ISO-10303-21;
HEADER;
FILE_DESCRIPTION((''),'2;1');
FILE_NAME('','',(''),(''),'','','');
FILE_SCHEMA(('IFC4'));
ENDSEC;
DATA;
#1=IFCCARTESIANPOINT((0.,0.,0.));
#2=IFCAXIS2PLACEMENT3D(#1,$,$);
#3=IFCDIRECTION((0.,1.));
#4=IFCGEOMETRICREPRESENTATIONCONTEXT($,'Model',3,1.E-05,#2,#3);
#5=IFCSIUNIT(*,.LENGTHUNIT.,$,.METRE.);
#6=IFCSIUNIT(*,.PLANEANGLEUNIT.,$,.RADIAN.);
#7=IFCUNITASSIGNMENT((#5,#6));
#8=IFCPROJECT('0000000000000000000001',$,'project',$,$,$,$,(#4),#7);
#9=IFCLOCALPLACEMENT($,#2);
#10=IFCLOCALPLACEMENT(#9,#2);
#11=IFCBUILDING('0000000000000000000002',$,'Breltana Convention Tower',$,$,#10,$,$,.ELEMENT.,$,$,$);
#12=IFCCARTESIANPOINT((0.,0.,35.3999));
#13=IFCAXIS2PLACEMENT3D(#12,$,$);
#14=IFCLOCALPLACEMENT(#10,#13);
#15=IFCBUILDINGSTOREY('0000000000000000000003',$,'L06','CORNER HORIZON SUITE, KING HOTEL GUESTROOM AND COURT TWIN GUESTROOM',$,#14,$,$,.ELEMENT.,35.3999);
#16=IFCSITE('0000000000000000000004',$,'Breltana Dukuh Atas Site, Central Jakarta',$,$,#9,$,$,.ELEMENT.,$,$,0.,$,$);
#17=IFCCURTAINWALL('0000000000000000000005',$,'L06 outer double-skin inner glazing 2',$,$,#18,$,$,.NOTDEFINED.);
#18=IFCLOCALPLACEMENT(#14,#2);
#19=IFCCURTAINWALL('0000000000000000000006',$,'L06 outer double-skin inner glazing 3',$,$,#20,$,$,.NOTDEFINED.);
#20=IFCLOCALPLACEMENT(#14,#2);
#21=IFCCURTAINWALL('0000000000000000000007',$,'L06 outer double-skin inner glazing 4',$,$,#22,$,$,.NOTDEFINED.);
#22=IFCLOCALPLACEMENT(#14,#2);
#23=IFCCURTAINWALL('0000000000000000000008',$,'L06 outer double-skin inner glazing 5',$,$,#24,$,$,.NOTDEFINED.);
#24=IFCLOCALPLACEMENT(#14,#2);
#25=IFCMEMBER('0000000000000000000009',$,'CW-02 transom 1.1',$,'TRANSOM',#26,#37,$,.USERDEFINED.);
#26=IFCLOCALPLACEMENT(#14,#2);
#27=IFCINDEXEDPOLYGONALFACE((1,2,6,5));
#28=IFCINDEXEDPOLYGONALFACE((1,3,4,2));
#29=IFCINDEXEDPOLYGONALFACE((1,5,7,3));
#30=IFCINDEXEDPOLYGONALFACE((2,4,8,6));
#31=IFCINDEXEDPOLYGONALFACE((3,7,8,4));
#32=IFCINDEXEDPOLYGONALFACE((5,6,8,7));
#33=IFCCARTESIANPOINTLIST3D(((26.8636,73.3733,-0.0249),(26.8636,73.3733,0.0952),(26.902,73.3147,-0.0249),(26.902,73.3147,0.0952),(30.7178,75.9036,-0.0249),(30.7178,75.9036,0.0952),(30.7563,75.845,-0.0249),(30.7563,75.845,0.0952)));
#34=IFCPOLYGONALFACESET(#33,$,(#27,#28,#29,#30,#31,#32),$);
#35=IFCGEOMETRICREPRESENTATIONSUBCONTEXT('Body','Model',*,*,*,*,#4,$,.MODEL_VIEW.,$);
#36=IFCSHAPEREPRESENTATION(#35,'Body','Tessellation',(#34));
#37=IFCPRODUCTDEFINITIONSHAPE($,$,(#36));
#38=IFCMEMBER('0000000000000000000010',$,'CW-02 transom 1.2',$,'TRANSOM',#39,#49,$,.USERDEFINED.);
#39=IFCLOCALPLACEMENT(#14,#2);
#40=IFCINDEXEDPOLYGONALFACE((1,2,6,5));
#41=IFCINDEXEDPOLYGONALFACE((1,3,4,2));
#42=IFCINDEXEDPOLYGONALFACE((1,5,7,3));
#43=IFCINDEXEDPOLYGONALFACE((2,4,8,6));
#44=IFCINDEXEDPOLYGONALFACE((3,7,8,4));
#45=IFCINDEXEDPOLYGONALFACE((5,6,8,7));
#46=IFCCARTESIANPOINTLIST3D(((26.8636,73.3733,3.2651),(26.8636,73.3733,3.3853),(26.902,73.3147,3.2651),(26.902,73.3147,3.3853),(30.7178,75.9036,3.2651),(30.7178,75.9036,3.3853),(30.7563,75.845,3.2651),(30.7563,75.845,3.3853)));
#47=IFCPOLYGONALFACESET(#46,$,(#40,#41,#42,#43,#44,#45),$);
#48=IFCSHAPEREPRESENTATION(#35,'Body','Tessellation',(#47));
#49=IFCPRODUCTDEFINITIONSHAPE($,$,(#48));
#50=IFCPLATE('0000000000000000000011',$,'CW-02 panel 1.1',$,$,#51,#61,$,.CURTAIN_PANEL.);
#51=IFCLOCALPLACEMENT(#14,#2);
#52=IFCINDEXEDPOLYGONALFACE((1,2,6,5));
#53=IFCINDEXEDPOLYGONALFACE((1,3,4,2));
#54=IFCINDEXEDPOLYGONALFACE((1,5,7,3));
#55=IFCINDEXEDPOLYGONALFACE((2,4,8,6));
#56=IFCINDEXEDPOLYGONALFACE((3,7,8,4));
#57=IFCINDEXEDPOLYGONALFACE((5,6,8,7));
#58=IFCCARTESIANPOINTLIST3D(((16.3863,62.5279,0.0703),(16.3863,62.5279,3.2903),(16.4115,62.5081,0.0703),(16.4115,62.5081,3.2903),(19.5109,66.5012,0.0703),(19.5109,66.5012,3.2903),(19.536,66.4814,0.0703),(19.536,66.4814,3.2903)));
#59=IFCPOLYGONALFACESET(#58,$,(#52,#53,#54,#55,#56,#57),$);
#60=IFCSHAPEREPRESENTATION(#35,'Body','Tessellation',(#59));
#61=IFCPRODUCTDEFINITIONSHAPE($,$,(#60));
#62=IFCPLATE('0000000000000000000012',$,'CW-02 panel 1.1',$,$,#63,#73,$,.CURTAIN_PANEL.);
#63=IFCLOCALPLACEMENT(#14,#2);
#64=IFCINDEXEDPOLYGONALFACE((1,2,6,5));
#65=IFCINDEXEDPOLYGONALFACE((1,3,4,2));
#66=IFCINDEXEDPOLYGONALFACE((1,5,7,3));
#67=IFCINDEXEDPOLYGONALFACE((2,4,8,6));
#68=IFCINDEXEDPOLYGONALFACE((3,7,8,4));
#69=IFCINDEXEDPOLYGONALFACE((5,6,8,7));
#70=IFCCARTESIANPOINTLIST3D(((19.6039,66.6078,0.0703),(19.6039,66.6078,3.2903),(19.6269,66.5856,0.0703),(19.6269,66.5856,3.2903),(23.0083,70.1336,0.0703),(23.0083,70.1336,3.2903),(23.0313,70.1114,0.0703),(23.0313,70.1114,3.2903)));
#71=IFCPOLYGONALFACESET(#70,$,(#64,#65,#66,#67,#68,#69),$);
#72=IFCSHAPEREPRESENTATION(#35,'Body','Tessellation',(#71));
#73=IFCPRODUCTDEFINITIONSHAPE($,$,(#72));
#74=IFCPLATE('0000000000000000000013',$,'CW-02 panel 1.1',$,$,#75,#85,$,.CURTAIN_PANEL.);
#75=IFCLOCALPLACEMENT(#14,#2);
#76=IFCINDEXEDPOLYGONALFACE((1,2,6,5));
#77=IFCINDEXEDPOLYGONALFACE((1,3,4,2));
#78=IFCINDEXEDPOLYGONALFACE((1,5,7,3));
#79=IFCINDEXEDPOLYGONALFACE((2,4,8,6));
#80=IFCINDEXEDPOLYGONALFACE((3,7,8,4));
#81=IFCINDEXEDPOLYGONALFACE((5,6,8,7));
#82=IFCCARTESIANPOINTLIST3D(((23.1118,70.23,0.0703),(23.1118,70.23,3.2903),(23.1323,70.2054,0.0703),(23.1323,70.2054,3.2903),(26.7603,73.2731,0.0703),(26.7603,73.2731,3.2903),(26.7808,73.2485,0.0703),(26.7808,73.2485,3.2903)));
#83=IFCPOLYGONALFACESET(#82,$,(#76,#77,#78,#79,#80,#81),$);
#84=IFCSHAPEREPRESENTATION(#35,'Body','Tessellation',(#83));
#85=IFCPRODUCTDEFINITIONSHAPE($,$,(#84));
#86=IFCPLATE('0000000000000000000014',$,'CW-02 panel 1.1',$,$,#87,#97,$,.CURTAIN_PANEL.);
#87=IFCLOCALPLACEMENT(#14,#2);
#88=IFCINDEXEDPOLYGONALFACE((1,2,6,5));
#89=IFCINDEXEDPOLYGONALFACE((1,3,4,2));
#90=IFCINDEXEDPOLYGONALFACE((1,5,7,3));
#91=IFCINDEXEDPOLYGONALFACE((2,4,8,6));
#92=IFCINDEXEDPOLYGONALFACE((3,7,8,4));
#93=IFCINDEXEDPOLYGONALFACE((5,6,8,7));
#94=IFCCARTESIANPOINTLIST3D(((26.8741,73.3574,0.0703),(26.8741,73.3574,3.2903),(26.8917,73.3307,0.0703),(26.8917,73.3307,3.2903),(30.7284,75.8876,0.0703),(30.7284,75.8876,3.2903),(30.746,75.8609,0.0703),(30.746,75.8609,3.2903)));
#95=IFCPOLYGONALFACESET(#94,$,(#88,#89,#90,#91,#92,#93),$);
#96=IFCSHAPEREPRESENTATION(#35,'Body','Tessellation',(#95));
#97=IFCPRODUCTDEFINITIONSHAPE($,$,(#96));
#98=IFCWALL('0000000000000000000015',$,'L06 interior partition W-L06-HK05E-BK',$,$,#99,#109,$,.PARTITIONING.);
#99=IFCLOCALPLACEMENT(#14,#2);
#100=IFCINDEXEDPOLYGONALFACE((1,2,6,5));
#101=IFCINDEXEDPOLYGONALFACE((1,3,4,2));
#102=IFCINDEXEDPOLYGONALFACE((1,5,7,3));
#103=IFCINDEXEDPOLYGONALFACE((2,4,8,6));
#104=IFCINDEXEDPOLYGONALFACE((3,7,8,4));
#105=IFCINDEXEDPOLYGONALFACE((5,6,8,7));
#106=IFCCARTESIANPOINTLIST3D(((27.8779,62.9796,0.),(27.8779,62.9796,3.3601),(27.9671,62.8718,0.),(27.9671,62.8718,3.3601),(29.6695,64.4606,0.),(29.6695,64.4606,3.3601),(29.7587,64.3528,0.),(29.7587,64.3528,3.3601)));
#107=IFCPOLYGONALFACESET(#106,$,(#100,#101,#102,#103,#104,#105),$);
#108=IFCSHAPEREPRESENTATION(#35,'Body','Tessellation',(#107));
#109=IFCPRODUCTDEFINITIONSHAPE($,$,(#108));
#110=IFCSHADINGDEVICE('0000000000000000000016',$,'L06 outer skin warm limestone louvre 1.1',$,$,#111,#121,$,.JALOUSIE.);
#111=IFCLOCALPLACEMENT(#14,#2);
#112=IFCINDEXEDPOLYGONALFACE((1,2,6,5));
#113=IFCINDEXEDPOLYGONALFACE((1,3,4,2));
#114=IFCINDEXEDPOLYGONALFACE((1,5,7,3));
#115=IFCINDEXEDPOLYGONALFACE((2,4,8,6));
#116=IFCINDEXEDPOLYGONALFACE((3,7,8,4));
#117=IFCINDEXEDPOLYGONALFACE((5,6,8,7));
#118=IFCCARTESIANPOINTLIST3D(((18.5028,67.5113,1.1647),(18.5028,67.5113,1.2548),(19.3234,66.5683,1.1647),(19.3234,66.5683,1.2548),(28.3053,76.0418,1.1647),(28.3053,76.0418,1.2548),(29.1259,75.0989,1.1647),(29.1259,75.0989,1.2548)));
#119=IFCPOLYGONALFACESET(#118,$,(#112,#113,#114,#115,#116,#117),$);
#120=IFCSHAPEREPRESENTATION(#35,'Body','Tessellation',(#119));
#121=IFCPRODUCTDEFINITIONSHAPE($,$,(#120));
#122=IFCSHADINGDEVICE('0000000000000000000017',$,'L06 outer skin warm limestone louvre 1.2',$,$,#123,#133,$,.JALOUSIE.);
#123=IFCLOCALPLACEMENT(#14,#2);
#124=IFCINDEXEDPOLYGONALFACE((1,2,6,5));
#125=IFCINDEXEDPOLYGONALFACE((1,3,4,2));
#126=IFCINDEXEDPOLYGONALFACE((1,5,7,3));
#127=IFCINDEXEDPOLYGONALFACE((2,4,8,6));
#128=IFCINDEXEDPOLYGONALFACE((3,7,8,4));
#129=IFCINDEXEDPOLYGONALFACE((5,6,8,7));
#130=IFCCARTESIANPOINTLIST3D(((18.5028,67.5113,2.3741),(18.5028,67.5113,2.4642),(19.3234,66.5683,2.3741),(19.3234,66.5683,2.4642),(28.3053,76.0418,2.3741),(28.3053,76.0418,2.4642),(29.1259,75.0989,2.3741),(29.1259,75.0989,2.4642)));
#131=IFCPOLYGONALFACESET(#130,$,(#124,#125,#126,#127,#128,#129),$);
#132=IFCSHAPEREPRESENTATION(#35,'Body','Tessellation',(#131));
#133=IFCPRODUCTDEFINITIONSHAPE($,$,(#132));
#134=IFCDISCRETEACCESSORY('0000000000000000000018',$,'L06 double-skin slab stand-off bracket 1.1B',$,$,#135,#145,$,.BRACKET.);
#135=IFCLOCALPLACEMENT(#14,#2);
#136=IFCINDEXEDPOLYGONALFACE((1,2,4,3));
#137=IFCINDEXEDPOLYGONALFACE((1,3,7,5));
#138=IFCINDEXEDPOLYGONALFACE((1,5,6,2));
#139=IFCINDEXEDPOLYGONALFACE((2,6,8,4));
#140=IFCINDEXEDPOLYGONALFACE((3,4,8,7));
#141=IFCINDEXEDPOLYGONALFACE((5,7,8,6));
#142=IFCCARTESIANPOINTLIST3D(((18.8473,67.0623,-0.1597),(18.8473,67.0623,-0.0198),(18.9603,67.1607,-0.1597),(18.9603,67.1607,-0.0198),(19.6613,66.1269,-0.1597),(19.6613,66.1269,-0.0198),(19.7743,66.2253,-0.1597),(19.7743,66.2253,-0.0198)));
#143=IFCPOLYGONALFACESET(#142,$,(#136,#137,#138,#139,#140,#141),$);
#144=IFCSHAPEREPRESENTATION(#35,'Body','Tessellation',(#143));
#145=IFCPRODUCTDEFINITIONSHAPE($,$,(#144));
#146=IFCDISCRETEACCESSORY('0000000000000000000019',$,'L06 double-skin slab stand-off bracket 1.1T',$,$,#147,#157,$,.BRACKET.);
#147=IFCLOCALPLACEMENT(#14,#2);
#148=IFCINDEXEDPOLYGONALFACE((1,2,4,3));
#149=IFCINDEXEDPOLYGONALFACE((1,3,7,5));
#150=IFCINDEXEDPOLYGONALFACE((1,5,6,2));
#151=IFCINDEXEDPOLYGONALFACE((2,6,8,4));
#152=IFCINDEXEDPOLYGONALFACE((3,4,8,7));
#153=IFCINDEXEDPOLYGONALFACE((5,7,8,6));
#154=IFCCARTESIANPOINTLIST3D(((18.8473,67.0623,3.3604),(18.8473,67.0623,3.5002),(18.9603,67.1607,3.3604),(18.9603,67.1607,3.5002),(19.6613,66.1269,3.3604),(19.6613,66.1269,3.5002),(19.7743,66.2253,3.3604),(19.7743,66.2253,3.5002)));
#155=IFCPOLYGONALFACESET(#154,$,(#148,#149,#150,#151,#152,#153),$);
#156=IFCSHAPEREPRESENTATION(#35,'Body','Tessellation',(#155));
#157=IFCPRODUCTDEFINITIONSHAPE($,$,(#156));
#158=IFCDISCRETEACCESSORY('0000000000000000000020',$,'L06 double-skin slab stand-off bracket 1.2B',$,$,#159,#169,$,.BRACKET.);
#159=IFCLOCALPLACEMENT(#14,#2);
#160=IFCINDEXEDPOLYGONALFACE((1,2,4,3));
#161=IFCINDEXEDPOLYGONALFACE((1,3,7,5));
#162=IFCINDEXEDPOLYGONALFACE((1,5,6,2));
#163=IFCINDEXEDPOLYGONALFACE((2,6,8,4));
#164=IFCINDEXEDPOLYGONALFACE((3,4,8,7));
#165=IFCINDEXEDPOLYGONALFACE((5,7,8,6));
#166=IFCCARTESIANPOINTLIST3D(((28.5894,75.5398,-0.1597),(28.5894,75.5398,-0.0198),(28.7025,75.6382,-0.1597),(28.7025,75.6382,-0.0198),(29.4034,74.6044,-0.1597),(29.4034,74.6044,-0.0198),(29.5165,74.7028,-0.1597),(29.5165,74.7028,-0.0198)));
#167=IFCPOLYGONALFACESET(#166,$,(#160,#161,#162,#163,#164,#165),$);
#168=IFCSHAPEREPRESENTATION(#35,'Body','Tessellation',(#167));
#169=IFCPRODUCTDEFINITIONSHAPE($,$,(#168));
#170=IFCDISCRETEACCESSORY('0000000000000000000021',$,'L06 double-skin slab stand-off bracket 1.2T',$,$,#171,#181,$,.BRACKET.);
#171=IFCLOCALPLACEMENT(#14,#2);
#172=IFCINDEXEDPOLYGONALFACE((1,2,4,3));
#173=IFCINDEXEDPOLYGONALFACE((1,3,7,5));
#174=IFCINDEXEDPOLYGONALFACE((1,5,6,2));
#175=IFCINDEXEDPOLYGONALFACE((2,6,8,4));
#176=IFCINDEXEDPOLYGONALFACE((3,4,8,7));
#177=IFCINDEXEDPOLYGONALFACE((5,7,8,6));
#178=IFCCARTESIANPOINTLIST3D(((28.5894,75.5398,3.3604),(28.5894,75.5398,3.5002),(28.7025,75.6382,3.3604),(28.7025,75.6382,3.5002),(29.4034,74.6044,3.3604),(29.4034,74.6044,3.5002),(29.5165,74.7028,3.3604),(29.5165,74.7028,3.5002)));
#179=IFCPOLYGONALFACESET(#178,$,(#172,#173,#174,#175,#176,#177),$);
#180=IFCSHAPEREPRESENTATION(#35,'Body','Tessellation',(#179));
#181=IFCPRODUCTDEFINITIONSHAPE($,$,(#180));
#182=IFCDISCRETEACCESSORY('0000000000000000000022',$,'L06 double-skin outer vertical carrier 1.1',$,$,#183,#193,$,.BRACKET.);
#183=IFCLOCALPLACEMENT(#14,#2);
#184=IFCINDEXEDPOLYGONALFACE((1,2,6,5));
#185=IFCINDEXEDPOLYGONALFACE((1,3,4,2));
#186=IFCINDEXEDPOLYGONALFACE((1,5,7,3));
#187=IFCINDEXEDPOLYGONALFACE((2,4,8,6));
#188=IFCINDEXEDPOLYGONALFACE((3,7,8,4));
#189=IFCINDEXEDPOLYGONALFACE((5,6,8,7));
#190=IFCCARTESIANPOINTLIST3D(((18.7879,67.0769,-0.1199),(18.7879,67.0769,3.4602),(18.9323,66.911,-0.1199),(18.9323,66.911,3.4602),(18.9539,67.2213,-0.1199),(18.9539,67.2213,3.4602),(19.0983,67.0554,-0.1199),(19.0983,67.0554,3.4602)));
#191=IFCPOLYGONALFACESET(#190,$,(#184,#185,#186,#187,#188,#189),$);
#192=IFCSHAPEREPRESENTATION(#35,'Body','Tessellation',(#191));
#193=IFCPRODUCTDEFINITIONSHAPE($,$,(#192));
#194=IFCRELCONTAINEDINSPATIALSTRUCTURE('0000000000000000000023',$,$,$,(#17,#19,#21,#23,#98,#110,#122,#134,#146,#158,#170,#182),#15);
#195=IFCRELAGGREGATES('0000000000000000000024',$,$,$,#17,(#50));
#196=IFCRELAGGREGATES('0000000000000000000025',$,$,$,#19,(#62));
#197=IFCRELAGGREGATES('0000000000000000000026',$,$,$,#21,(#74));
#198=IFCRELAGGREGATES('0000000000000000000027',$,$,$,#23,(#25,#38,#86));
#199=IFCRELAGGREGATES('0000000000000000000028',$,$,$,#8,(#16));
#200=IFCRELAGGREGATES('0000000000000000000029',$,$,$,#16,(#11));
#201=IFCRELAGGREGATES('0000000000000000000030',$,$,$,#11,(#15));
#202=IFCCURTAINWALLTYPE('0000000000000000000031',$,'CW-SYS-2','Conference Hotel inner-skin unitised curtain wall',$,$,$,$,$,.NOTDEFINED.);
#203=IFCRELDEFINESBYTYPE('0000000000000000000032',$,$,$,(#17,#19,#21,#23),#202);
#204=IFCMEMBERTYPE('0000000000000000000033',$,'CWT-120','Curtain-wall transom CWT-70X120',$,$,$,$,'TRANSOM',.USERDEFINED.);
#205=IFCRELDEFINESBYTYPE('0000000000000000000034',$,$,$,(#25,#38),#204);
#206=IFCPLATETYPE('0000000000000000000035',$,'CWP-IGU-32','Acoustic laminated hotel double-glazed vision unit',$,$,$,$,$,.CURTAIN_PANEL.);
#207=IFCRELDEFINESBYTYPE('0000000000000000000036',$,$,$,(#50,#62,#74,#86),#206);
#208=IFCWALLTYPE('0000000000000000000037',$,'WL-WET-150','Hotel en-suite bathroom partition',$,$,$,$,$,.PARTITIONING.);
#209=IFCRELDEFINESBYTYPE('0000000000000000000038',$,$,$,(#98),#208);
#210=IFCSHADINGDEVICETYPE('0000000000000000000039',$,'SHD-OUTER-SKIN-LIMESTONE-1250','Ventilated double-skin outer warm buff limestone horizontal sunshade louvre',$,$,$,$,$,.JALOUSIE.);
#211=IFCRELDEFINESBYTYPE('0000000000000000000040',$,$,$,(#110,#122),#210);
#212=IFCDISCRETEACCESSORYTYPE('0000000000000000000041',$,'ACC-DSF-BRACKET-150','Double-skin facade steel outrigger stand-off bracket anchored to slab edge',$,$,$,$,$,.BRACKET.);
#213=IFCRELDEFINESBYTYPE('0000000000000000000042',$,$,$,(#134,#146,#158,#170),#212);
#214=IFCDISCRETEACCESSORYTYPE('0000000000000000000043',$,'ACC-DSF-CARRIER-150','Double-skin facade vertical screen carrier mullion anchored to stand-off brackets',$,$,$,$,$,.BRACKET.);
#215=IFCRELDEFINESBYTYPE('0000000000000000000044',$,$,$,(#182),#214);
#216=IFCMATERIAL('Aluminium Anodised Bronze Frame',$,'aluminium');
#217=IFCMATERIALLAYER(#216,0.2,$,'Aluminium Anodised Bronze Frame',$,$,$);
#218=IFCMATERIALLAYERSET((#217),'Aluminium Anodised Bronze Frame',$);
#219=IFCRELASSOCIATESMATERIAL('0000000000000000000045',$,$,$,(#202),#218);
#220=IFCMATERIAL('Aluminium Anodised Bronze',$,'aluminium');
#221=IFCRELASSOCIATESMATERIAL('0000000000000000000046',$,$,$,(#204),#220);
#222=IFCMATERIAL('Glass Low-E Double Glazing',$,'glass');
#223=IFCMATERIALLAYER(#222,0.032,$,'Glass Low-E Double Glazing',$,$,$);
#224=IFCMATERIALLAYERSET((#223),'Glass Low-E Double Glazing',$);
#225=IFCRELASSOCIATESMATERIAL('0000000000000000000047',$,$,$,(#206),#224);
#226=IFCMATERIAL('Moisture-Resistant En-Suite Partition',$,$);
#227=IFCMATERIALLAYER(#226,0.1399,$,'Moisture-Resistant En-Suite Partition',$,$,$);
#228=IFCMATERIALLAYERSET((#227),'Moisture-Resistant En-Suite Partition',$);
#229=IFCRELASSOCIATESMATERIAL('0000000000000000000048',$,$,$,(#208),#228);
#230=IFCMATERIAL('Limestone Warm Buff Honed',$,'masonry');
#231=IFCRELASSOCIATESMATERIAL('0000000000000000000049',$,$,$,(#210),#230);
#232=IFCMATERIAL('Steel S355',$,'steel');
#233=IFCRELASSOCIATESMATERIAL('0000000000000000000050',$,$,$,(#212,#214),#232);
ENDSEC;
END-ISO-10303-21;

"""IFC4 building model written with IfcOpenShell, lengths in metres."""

from ifc_helpers import new_model, si_unit, direction, frame, frame_2d, origin, origin_2d, place, context, subcontext, project, spatial, rectangle, extrude, source, transform, mapped, material, layer, layer_set, material_profile, profile_set, type_object, type_shapes, element, aggregate, save


model = new_model("IFC4")

# Units and contexts
model_context = context("Model", 3, precision=1e-05, world=origin(), true_north=direction((0.0, 1.0)))
body_context = subcontext(model_context, "Body", "Model", "MODEL_VIEW")
ifc_project = project(units=[si_unit("LENGTHUNIT", "METRE"), si_unit("PLANEANGLEUNIT", "RADIAN")], contexts=[model_context])

# Site, building, storey
site_placement = place(None, origin())
site = spatial("IfcSite", under=ifc_project, at=site_placement, Name="Breltana Dukuh Atas Site, Central Jakarta", CompositionType="ELEMENT", RefElevation=0.0)
building_placement = place(site_placement, origin())
building = spatial("IfcBuilding", under=site, at=building_placement, Name="Breltana Convention Tower", CompositionType="ELEMENT")
storey_placement = place(building_placement, frame((0.0, 0.0, 35.3999)))
storey = spatial("IfcBuildingStorey", under=building, at=storey_placement, Name="L06", Description="CORNER HORIZON SUITE, KING HOTEL GUESTROOM AND COURT TWIN GUESTROOM", CompositionType="ELEMENT", Elevation=35.3999)

# Curtain wall
ifc_material_1 = material(Name="Aluminium Anodised Bronze Frame", Category="aluminium")
ifc_layer_1 = layer(ifc_material_1, 0.2, Name="Aluminium Anodised Bronze Frame")
ifc_layer_set_1 = layer_set([ifc_layer_1], Name="Aluminium Anodised Bronze Frame")
curtain_wall_type = type_object("IfcCurtainWallType", Name="CW-SYS-2", Description="Conference Hotel inner-skin unitised curtain wall", PredefinedType="NOTDEFINED", material=ifc_layer_set_1)
curtain_wall_1_placement = place(storey_placement, origin())
curtain_wall_1 = element("IfcCurtainWall", 1, at=curtain_wall_1_placement, inside=storey, type_object=curtain_wall_type, Name="L06 outer double-skin inner glazing 2", PredefinedType="NOTDEFINED")
ifc_material_2 = material(Name="Aluminium Anodised Bronze", Category="aluminium")

# Curtain walls
curtain_wall_2_placement = place(storey_placement, origin())
curtain_wall_2 = element("IfcCurtainWall", 2, at=curtain_wall_2_placement, inside=storey, type_object=curtain_wall_type, Name="L06 outer double-skin inner glazing 3", PredefinedType="NOTDEFINED")
curtain_wall_3_placement = place(storey_placement, origin())
curtain_wall_3 = element("IfcCurtainWall", 3, at=curtain_wall_3_placement, inside=storey, type_object=curtain_wall_type, Name="L06 outer double-skin inner glazing 4", PredefinedType="NOTDEFINED")
curtain_wall_4_placement = place(storey_placement, origin())
curtain_wall_4 = element("IfcCurtainWall", 4, at=curtain_wall_4_placement, inside=storey, type_object=curtain_wall_type, Name="L06 outer double-skin inner glazing 5", PredefinedType="NOTDEFINED")

# Members
ifc_material_profile_1 = material_profile(ifc_material_2, rectangle(XDim=0.0701, YDim=0.1201, at=origin_2d()), Name="CWT-70X120")
ifc_profile_set_1 = profile_set([ifc_material_profile_1], Name="Aluminium Anodised Bronze")
member_type_1 = type_object("IfcMemberType", Name="CWT-120", Description="Curtain-wall transom CWT-70X120", ElementType="TRANSOM", PredefinedType="USERDEFINED", material=ifc_profile_set_1)
shared_shape_1 = source(origin(), body_context, "Body", "SweptSolid", [
    extrude(rectangle(XDim=0.0701, YDim=0.1201, at=origin_2d()), origin(), (0.0, 0.0, 1.0), 4.6106),
])
member_1_placement = place(storey_placement, frame((26.8828, 73.344, 0.0352), z_axis=(0.835956, 0.548796, 0.0), x_axis=(-0.548796, 0.835956, 0.0)))
member_1 = element("IfcMember", 5, at=member_1_placement, type_object=member_type_1, Name="CW-02 transom 1.1", ObjectType="TRANSOM", PredefinedType="USERDEFINED", context=body_context, shape_type="MappedRepresentation", body=[
    mapped(shared_shape_1, transform((0.0, 0.0, 0.0), scale=1.0)),
])
member_2_placement = place(storey_placement, frame((26.8828, 73.344, 3.3252), z_axis=(0.835956, 0.548796, 0.0), x_axis=(-0.548796, 0.835956, 0.0)))
member_2 = element("IfcMember", 6, at=member_2_placement, type_object=member_type_1, Name="CW-02 transom 1.2", ObjectType="TRANSOM", PredefinedType="USERDEFINED", context=body_context, shape_type="MappedRepresentation", body=[
    mapped(shared_shape_1, transform((0.0, 0.0, 0.0), scale=1.0)),
])

# Plates
ifc_material_3 = material(Name="Glass Low-E Double Glazing", Category="glass")
ifc_layer_2 = layer(ifc_material_3, 0.032, Name="Glass Low-E Double Glazing")
ifc_layer_set_2 = layer_set([ifc_layer_2], Name="Glass Low-E Double Glazing")
plate_type = type_object("IfcPlateType", Name="CWP-IGU-32", Description="Acoustic laminated hotel double-glazed vision unit", PredefinedType="CURTAIN_PANEL", material=ifc_layer_set_2)
shared_shape_2 = source(origin(), body_context, "Body", "SweptSolid", [
    extrude(rectangle(XDim=5.0547, YDim=0.032, at=origin_2d()), origin(), (0.0, 0.0, 1.0), 3.22),
])
plate_1_placement = place(storey_placement, frame((17.9612, 64.5046, 0.0703), z_axis=(0.0, 0.0, 1.0), x_axis=(0.618154, 0.786057, 0.0)))
plate_1 = element("IfcPlate", 7, at=plate_1_placement, type_object=plate_type, Name="CW-02 panel 1.1", PredefinedType="CURTAIN_PANEL", context=body_context, shape_type="MappedRepresentation", body=[
    mapped(shared_shape_2, transform((0.0, 0.0, 0.0), scale=1.0)),
])
aggregate(curtain_wall_1, [plate_1])
shared_shape_3 = source(origin(), body_context, "Body", "SweptSolid", [
    extrude(rectangle(XDim=4.9011, YDim=0.032, at=origin_2d()), origin(), (0.0, 0.0, 1.0), 3.22),
])
plate_2_placement = place(storey_placement, frame((21.3176, 68.3596, 0.0703), z_axis=(0.0, 0.0, 1.0), x_axis=(0.69461, 0.719386, 0.0)))
plate_2 = element("IfcPlate", 8, at=plate_2_placement, type_object=plate_type, Name="CW-02 panel 1.1", PredefinedType="CURTAIN_PANEL", context=body_context, shape_type="MappedRepresentation", body=[
    mapped(shared_shape_3, transform((0.0, 0.0, 0.0), scale=1.0)),
])
aggregate(curtain_wall_2, [plate_2])
shared_shape_4 = source(origin(), body_context, "Body", "SweptSolid", [
    extrude(rectangle(XDim=4.751, YDim=0.032, at=origin_2d()), origin(), (0.0, 0.0, 1.0), 3.22),
])
plate_3_placement = place(storey_placement, frame((24.9463, 71.7393, 0.0703), z_axis=(0.0, 0.0, 1.0), x_axis=(0.767941, 0.64052, 0.0)))
plate_3 = element("IfcPlate", 9, at=plate_3_placement, type_object=plate_type, Name="CW-02 panel 1.1", PredefinedType="CURTAIN_PANEL", context=body_context, shape_type="MappedRepresentation", body=[
    mapped(shared_shape_4, transform((0.0, 0.0, 0.0), scale=1.0)),
])
aggregate(curtain_wall_3, [plate_3])
shared_shape_5 = source(origin(), body_context, "Body", "SweptSolid", [
    extrude(rectangle(XDim=4.6106, YDim=0.032, at=origin_2d()), origin(), (0.0, 0.0, 1.0), 3.22),
])
plate_4_placement = place(storey_placement, frame((28.8101, 74.6091, 0.0703), z_axis=(0.0, 0.0, 1.0), x_axis=(0.835964, 0.548784, 0.0)))
plate_4 = element("IfcPlate", 10, at=plate_4_placement, type_object=plate_type, Name="CW-02 panel 1.1", PredefinedType="CURTAIN_PANEL", context=body_context, shape_type="MappedRepresentation", body=[
    mapped(shared_shape_5, transform((0.0, 0.0, 0.0), scale=1.0)),
])
aggregate(curtain_wall_4, [member_1, member_2, plate_4])

# Wall
ifc_material_4 = material(Name="Moisture-Resistant En-Suite Partition")
ifc_layer_3 = layer(ifc_material_4, 0.1399, Name="Moisture-Resistant En-Suite Partition")
ifc_layer_set_3 = layer_set([ifc_layer_3], Name="Moisture-Resistant En-Suite Partition")
wall_type = type_object("IfcWallType", Name="WL-WET-150", Description="Hotel en-suite bathroom partition", PredefinedType="PARTITIONING", material=ifc_layer_set_3)
shared_shape_6 = source(origin(), body_context, "Body", "SweptSolid", [
    extrude(rectangle(XDim=2.3245, YDim=0.1399, at=frame_2d((1.1621, 0.0))), origin(), (0.0, 0.0, 1.0), 3.3601),
])
wall_placement = place(storey_placement, frame((27.9226, 62.9258, 0.0), z_axis=(0.0, 0.0, 1.0), x_axis=(0.770746, 0.637142, 0.0)))
element("IfcWall", 11, at=wall_placement, inside=storey, type_object=wall_type, Name="L06 interior partition W-L06-HK05E-BK", PredefinedType="PARTITIONING", context=body_context, shape_type="MappedRepresentation", body=[
    mapped(shared_shape_6, transform((0.0, 0.0, 0.0), scale=1.0)),
])

# Shading devices
ifc_material_5 = material(Name="Limestone Warm Buff Honed", Category="masonry")
ifc_material_profile_2 = material_profile(ifc_material_5, rectangle(XDim=1.25, YDim=0.0901, at=origin_2d()), Name="STN-LVR-1250X90")
ifc_profile_set_2 = profile_set([ifc_material_profile_2], Name="Limestone Warm Buff Honed")
shading_device_type = type_object("IfcShadingDeviceType", Name="SHD-OUTER-SKIN-LIMESTONE-1250", Description="Ventilated double-skin outer warm buff limestone horizontal sunshade louvre", PredefinedType="JALOUSIE", material=ifc_profile_set_2)
shared_shape_7 = source(origin(), body_context, "Body", "SweptSolid", [
    extrude(rectangle(XDim=1.25, YDim=0.0901, at=origin_2d()), origin(), (0.0, 0.0, 1.0), 12.9946),
])
type_shapes(shading_device_type, [shared_shape_7])
for number, where, z_axis, x_axis, name in (
    (12, (18.9131, 67.0398, 1.2097), (0.754353, 0.656468, 0.0), (-0.656468, 0.754353, 0.0), "L06 outer skin warm limestone louvre 1.1"),
    (13, (18.9131, 67.0398, 2.4192), (0.754353, 0.656468, 0.0), (-0.656468, 0.754353, 0.0), "L06 outer skin warm limestone louvre 1.2"),
):
    element("IfcShadingDevice", number, at=place(storey_placement, frame(where, z_axis=z_axis, x_axis=x_axis)), inside=storey, type_object=shading_device_type, Name=name, PredefinedType="JALOUSIE", context=body_context, shape_type="MappedRepresentation", body=[
        mapped(shared_shape_7, transform((0.0, 0.0, 0.0), scale=1.0)),
    ])

# Discrete accessories
ifc_material_6 = material(Name="Steel S355", Category="steel")
discrete_accessory_type_1 = type_object("IfcDiscreteAccessoryType", Name="ACC-DSF-BRACKET-150", Description="Double-skin facade steel outrigger stand-off bracket anchored to slab edge", PredefinedType="BRACKET", material=ifc_material_6)
shared_shape_8 = source(origin(), body_context, "Body", "SweptSolid", [
    extrude(rectangle(XDim=1.24, YDim=0.1499, at=origin_2d()), origin(), (0.0, 0.0, 1.0), 0.1399),
])
type_shapes(discrete_accessory_type_1, [shared_shape_8])
for number, where, z_axis, x_axis, name in (
    (14, (19.3108, 66.6438, -0.1597), (0.0, 0.0, 1.0), (-0.656457, 0.754364, 0.0), "L06 double-skin slab stand-off bracket 1.1B"),
    (15, (19.3108, 66.6438, 3.3604), (0.0, 0.0, 1.0), (-0.656457, 0.754364, 0.0), "L06 double-skin slab stand-off bracket 1.1T"),
    (16, (29.053, 75.1213, -0.1597), (0.0, 0.0, 1.0), (-0.656457, 0.754364, 0.0), "L06 double-skin slab stand-off bracket 1.2B"),
    (17, (29.053, 75.1213, 3.3604), (0.0, 0.0, 1.0), (-0.656457, 0.754364, 0.0), "L06 double-skin slab stand-off bracket 1.2T"),
):
    element("IfcDiscreteAccessory", number, at=place(storey_placement, frame(where, z_axis=z_axis, x_axis=x_axis)), inside=storey, type_object=discrete_accessory_type_1, Name=name, PredefinedType="BRACKET", context=body_context, shape_type="MappedRepresentation", body=[
        mapped(shared_shape_8, transform((0.0, 0.0, 0.0), scale=1.0)),
    ])
discrete_accessory_type_2 = type_object("IfcDiscreteAccessoryType", Name="ACC-DSF-CARRIER-150", Description="Double-skin facade vertical screen carrier mullion anchored to stand-off brackets", PredefinedType="BRACKET", material=ifc_material_6)
shared_shape_9 = source(origin(), body_context, "Body", "SweptSolid", [
    extrude(rectangle(XDim=0.22, YDim=0.22, at=origin_2d()), origin(), (0.0, 0.0, 1.0), 3.5801),
])
for number, where, z_axis, x_axis, name in (
    (18, (18.9431, 67.0662, -0.1199), (0.0, 0.0, 1.0), (-0.656457, 0.754364, 0.0), "L06 double-skin outer vertical carrier 1.1"),
):
    element("IfcDiscreteAccessory", number, at=place(storey_placement, frame(where, z_axis=z_axis, x_axis=x_axis)), inside=storey, type_object=discrete_accessory_type_2, Name=name, PredefinedType="BRACKET", context=body_context, shape_type="MappedRepresentation", body=[
        mapped(shared_shape_9, transform((0.0, 0.0, 0.0), scale=1.0)),
    ])

save(model, "model.ifc")
